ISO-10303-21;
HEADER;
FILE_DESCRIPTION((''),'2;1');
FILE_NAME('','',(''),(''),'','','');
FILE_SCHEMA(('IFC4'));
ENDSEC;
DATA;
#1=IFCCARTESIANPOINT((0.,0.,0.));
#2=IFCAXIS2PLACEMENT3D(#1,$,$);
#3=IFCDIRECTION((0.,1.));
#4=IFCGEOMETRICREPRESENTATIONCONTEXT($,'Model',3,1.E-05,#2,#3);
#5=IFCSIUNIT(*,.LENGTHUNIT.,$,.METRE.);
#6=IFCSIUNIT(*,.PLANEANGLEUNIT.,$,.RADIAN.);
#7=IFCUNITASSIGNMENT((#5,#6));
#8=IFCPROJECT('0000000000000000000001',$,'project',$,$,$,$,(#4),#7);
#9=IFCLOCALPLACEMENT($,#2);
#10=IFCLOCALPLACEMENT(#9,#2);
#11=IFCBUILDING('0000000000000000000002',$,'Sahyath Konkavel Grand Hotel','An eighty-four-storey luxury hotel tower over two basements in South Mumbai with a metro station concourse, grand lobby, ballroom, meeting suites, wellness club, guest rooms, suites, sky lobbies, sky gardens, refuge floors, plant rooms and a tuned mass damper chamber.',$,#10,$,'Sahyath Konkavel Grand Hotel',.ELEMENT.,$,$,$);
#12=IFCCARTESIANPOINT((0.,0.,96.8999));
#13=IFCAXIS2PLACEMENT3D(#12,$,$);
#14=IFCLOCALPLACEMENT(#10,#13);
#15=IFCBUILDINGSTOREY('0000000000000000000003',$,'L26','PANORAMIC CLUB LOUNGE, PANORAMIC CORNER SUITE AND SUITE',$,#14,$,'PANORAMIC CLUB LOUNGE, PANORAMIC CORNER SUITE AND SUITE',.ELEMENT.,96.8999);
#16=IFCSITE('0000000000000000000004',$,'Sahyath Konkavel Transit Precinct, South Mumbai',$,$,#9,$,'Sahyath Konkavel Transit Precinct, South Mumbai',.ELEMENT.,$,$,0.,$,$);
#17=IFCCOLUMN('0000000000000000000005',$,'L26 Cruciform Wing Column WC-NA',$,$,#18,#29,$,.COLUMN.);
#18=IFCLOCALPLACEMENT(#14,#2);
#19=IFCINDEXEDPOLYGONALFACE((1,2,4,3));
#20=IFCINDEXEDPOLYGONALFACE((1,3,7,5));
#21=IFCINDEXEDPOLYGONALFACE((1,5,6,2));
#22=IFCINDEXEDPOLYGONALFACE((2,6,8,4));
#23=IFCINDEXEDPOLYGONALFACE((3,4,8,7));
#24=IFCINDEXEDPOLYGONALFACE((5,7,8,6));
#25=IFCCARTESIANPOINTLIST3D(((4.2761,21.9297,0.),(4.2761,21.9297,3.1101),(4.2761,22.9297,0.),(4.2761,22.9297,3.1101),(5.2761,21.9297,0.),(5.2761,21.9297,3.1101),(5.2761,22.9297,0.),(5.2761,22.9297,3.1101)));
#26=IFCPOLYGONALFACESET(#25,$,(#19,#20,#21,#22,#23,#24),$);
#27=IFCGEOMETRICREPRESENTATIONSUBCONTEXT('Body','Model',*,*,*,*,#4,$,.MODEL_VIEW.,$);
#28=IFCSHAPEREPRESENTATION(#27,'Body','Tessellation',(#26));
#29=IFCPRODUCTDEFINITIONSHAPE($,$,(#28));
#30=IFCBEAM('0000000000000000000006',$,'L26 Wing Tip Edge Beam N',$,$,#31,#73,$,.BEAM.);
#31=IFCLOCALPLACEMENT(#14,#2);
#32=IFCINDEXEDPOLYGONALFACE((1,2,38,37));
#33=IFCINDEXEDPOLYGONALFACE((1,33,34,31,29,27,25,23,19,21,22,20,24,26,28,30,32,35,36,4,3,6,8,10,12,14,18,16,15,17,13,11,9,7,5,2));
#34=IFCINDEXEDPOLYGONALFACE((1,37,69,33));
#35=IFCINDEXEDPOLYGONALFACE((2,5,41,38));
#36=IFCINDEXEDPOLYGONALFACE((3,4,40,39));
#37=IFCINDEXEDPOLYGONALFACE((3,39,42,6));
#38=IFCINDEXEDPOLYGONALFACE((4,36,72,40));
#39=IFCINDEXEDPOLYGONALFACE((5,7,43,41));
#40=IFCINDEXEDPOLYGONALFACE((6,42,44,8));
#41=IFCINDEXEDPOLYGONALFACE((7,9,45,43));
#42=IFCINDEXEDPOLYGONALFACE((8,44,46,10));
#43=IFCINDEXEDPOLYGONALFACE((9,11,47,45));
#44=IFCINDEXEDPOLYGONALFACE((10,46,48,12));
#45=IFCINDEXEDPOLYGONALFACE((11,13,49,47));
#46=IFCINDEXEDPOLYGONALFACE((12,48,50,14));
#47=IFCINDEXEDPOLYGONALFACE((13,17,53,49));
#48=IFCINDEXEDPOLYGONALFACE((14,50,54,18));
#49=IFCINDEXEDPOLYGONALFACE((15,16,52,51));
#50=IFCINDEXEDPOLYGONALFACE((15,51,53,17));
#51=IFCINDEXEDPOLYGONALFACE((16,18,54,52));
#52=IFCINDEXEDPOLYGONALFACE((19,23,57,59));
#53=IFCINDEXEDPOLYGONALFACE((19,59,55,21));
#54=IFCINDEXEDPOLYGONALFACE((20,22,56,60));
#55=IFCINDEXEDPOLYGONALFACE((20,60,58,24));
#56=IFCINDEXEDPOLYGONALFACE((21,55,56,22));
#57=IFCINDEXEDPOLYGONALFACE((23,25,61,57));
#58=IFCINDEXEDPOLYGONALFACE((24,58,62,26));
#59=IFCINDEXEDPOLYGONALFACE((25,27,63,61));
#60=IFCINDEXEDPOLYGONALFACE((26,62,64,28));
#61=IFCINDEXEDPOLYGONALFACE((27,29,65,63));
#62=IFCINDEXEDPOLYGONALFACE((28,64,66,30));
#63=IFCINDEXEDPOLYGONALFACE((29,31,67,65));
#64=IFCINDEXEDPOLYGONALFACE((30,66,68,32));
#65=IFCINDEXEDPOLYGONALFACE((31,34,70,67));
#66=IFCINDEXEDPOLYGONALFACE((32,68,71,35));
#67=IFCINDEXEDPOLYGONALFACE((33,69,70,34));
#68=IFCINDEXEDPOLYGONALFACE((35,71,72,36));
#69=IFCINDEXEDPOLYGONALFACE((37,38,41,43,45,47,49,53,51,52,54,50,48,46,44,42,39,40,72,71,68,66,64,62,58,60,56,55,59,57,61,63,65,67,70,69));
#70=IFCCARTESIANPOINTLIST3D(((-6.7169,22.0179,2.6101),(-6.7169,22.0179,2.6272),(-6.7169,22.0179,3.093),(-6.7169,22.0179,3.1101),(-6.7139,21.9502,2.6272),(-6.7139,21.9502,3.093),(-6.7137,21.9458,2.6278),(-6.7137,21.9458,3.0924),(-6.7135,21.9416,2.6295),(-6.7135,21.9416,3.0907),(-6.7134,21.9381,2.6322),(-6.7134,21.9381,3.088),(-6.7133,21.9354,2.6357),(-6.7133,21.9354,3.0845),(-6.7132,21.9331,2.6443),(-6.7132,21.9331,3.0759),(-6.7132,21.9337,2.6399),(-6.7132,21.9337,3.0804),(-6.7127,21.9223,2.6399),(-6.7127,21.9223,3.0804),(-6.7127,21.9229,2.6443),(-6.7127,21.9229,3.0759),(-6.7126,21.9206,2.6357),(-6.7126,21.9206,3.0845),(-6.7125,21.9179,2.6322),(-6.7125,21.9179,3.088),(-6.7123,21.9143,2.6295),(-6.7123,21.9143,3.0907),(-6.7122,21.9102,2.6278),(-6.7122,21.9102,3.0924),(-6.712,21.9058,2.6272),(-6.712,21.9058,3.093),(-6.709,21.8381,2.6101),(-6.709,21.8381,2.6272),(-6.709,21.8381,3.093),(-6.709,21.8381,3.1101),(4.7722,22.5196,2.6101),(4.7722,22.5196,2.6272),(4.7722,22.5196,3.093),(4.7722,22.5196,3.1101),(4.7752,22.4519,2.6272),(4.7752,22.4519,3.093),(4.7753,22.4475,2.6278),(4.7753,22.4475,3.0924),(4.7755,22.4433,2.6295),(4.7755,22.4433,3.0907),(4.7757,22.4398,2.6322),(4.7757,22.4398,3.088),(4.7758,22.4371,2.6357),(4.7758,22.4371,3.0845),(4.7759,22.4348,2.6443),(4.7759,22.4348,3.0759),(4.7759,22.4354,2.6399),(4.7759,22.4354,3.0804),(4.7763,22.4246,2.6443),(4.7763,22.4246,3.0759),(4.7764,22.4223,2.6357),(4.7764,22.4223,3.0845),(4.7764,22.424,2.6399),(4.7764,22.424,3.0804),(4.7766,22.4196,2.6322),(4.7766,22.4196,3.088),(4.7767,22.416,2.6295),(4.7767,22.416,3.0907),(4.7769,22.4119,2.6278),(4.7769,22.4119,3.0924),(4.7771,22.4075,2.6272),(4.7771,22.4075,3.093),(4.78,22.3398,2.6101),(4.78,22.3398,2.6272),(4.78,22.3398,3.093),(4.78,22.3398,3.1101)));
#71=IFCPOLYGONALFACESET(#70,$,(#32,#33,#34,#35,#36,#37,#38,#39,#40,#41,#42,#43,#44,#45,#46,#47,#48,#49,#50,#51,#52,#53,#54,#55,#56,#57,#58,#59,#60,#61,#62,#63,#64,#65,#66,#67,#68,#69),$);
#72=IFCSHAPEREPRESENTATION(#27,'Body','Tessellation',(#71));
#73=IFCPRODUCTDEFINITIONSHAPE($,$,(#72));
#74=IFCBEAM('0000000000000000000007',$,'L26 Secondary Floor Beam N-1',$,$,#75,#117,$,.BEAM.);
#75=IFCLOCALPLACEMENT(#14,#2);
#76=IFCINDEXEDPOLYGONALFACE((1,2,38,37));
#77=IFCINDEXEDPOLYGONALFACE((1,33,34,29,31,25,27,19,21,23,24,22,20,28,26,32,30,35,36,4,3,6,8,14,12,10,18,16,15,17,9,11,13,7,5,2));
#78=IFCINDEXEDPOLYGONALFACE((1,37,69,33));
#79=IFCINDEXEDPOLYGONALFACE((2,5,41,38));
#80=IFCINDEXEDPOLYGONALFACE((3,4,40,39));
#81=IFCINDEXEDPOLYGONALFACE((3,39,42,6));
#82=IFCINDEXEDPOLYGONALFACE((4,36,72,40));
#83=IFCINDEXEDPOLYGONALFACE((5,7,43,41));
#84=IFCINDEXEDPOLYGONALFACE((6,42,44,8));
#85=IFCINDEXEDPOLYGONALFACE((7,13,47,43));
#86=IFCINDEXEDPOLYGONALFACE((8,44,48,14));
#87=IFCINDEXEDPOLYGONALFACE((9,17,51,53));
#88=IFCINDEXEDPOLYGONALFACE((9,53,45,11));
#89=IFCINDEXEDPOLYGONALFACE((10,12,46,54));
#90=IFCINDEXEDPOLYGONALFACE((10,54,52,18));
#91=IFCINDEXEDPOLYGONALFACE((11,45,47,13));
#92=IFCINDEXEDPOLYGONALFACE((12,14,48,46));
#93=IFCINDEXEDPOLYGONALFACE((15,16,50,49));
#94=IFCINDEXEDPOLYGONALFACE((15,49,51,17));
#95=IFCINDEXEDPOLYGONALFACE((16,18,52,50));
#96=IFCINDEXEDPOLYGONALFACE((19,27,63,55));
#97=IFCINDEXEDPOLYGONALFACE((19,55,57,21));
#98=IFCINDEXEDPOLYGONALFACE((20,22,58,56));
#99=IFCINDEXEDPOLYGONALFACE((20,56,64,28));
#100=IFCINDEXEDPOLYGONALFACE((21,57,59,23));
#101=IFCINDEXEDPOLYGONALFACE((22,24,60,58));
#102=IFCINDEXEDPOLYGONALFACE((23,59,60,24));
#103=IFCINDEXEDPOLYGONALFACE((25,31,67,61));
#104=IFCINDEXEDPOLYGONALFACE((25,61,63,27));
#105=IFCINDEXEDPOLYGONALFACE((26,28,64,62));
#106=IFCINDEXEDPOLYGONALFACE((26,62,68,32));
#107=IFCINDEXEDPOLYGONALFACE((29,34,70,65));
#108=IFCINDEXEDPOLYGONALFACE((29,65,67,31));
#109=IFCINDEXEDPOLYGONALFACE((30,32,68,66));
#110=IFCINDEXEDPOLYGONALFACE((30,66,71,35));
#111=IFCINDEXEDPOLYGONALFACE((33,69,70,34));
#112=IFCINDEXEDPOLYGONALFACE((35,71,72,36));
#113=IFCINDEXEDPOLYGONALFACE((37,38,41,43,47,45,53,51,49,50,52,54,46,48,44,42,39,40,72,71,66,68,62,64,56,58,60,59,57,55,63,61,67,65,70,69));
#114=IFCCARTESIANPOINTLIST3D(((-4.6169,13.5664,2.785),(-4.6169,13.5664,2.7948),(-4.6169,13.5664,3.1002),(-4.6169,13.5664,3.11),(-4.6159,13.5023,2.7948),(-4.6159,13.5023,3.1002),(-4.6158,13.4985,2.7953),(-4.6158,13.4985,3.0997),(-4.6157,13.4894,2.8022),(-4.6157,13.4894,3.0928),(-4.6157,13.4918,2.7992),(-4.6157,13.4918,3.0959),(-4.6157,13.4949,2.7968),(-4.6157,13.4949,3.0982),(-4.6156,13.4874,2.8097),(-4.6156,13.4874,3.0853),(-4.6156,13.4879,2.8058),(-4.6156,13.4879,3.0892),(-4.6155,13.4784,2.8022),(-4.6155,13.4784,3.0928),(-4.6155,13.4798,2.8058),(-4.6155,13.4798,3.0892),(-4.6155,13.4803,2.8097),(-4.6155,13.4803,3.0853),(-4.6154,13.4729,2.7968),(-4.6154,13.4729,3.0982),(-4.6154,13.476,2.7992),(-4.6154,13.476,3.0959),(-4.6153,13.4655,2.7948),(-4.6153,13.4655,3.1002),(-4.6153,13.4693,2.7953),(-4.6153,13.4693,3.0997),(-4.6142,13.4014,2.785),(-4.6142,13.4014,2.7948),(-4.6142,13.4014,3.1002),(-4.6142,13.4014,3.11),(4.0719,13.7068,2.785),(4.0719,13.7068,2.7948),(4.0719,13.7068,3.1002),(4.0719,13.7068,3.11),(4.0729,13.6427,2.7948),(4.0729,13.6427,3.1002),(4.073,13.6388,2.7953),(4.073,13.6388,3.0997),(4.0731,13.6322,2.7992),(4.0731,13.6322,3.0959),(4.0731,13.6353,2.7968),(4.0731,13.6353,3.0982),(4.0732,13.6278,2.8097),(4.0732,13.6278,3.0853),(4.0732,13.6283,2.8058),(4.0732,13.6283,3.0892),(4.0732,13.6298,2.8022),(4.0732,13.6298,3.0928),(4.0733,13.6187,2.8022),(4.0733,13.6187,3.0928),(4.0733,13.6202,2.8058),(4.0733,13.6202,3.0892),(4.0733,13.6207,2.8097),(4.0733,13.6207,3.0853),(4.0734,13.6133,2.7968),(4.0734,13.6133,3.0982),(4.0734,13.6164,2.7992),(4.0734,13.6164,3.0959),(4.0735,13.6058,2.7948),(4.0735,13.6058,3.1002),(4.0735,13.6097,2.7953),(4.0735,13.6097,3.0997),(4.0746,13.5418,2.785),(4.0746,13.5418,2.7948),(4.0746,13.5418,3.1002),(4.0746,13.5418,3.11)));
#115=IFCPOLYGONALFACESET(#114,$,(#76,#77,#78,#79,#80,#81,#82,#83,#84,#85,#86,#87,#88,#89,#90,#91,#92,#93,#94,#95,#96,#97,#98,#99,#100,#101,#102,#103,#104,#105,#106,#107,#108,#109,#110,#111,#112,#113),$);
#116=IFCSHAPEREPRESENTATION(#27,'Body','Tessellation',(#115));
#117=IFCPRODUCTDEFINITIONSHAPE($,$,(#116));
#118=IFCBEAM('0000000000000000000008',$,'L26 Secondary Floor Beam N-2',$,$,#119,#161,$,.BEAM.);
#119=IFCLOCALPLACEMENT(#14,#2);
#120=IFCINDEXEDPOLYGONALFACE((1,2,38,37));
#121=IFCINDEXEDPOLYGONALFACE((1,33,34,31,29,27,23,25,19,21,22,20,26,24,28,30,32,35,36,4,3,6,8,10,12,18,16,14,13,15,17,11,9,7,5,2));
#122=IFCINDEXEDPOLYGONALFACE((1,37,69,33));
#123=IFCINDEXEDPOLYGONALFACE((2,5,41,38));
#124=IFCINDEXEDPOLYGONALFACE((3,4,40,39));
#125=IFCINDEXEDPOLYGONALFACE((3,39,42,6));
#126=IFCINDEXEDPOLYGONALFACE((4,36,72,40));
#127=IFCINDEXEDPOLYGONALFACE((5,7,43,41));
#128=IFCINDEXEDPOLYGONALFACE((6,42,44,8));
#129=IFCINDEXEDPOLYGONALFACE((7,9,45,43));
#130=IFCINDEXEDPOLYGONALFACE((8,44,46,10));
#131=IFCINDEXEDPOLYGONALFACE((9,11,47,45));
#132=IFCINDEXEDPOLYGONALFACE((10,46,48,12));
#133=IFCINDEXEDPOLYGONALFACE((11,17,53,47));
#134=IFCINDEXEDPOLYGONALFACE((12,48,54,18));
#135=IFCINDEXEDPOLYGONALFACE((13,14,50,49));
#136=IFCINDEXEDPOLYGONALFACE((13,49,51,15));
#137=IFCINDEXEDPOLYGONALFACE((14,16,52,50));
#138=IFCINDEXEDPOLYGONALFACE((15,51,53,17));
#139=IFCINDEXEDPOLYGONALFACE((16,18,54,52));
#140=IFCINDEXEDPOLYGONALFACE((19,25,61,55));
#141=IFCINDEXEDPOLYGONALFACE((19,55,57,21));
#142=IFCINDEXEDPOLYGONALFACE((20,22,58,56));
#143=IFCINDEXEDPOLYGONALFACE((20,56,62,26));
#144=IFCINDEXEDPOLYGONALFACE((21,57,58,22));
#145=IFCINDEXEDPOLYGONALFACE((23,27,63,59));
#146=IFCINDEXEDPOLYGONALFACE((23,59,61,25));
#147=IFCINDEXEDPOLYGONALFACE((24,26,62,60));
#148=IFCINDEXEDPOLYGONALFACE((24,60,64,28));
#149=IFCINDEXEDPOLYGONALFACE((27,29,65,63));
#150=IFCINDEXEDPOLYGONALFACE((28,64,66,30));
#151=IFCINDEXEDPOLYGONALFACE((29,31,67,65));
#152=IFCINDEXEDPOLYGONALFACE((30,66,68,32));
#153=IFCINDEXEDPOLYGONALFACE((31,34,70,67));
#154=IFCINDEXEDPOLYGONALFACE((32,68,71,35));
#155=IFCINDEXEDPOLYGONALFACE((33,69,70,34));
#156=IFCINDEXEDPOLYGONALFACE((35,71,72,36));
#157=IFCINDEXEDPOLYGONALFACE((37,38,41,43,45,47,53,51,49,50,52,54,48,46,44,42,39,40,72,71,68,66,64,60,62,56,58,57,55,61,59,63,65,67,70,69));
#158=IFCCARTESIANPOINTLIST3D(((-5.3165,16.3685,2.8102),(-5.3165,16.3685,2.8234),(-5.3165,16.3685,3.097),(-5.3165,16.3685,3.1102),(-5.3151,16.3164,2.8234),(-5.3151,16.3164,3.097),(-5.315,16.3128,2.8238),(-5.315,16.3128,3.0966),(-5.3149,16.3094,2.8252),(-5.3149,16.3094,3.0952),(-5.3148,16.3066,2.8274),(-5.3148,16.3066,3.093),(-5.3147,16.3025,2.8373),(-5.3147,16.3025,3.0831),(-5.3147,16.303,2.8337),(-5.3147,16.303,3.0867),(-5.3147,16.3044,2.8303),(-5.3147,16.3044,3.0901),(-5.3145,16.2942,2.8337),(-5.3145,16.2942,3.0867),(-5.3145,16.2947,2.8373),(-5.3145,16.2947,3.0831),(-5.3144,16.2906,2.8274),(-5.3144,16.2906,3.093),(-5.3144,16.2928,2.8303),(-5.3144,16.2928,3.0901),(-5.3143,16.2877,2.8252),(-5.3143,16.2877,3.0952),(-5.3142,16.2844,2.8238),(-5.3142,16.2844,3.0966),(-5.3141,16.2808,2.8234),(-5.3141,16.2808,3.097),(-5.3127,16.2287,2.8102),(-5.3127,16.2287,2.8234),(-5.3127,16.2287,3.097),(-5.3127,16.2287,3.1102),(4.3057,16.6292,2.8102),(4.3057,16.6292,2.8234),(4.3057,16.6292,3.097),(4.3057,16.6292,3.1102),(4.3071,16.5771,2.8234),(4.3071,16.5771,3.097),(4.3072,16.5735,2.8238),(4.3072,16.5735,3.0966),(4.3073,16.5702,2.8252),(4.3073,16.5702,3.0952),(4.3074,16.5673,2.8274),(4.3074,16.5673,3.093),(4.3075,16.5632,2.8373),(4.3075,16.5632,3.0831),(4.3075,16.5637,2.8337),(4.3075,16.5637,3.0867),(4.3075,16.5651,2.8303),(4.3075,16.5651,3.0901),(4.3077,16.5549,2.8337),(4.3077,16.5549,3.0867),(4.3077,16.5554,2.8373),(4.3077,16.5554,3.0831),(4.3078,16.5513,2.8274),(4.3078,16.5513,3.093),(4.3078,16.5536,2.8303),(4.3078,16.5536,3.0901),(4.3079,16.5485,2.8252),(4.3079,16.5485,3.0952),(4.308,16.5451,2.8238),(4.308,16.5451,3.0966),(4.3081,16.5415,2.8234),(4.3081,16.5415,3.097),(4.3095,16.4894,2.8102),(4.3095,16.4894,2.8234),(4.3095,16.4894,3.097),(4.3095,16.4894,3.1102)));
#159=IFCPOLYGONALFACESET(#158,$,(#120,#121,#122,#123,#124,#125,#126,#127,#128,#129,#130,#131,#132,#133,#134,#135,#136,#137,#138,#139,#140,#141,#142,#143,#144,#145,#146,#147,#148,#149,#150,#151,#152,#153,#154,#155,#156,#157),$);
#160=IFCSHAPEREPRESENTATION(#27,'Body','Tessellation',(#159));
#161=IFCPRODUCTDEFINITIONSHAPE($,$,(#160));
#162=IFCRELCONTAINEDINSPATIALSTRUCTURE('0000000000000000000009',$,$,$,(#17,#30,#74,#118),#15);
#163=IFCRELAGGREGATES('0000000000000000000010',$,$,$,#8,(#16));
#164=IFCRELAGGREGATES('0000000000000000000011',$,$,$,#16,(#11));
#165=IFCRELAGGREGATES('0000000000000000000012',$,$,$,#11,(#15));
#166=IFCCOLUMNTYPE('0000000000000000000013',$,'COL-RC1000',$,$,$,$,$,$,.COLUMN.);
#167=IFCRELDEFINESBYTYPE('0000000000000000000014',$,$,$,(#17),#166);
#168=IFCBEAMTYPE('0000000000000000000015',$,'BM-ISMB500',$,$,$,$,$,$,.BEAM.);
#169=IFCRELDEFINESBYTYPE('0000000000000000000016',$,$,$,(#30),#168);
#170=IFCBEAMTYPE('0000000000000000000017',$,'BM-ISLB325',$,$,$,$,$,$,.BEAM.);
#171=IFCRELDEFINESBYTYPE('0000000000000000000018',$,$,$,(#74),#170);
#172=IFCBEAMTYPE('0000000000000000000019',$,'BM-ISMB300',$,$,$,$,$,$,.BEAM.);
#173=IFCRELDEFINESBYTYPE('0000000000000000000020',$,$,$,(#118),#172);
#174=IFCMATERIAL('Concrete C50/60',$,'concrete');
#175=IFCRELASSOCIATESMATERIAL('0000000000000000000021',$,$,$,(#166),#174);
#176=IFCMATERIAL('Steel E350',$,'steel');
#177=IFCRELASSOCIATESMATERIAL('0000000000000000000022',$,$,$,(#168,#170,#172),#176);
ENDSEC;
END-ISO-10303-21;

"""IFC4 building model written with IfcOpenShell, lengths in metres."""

from ifc_helpers import new_model, si_unit, direction, frame, origin, origin_2d, place, context, subcontext, project, spatial, rectangle, i_section, extrude, source, transform, mapped, material, material_profile, profile_set, type_object, element, save


model = new_model("IFC4")

# Units and contexts
model_context = context("Model", 3, precision=1e-05, world=origin(), true_north=direction((0.0, 1.0)))
body_context = subcontext(model_context, "Body", "Model", "MODEL_VIEW")
ifc_project = project(units=[si_unit("LENGTHUNIT", "METRE"), si_unit("PLANEANGLEUNIT", "RADIAN")], contexts=[model_context])

# Site, building, storey
site_placement = place(None, origin())
site = spatial("IfcSite", under=ifc_project, at=site_placement, Name="Sahyath Konkavel Transit Precinct, South Mumbai", LongName="Sahyath Konkavel Transit Precinct, South Mumbai", CompositionType="ELEMENT", RefElevation=0.0)
building_placement = place(site_placement, origin())
building = spatial("IfcBuilding", under=site, at=building_placement, Name="Sahyath Konkavel Grand Hotel", Description="An eighty-four-storey luxury hotel tower over two basements in South Mumbai with a metro station concourse, grand lobby, ballroom, meeting suites, wellness club, guest rooms, suites, sky lobbies, sky gardens, refuge floors, plant rooms and a tuned mass damper chamber.", LongName="Sahyath Konkavel Grand Hotel", CompositionType="ELEMENT")
storey_placement = place(building_placement, frame((0.0, 0.0, 96.8999)))
storey = spatial("IfcBuildingStorey", under=building, at=storey_placement, Name="L26", Description="PANORAMIC CLUB LOUNGE, PANORAMIC CORNER SUITE AND SUITE", LongName="PANORAMIC CLUB LOUNGE, PANORAMIC CORNER SUITE AND SUITE", CompositionType="ELEMENT", Elevation=96.8999)

# Column
ifc_material_1 = material(Name="Concrete C50/60", Category="concrete")
ifc_material_profile_1 = material_profile(ifc_material_1, rectangle(XDim=1.0, YDim=1.0, at=origin_2d()), Name="RC 1000x1000")
ifc_profile_set_1 = profile_set([ifc_material_profile_1], Name="Concrete C50/60")
column_type = type_object("IfcColumnType", Name="COL-RC1000", PredefinedType="COLUMN", material=ifc_profile_set_1)
shared_shape_1 = source(origin(), body_context, "Body", "SweptSolid", [
    extrude(rectangle(XDim=1.0, YDim=1.0, at=origin_2d()), origin(), (0.0, 0.0, 1.0), 3.1101),
])
column_placement = place(storey_placement, frame((4.7761, 22.4297, 0.0), z_axis=(0.0, 0.0, 1.0), x_axis=(1.0, 0.0, 0.0)))
element("IfcColumn", 1, at=column_placement, inside=storey, type_object=column_type, Name="L26 Cruciform Wing Column WC-NA", PredefinedType="COLUMN", context=body_context, shape_type="MappedRepresentation", body=[
    mapped(shared_shape_1, transform((0.0, 0.0, 0.0), scale=1.0)),
])

# Beams
ifc_material_2 = material(Name="Steel E350", Category="steel")
ifc_material_profile_2 = material_profile(ifc_material_2, i_section(OverallWidth=0.1799, OverallDepth=0.5, WebThickness=0.0103, FlangeThickness=0.0171, FilletRadius=0.0171, at=origin_2d()), Name="ISMB 500")
ifc_profile_set_2 = profile_set([ifc_material_profile_2], Name="Steel E350")
beam_type_1 = type_object("IfcBeamType", Name="BM-ISMB500", PredefinedType="BEAM", material=ifc_profile_set_2)
shared_shape_2 = source(origin(), body_context, "Body", "SweptSolid", [
    extrude(i_section(OverallWidth=0.1799, OverallDepth=0.5, WebThickness=0.0103, FlangeThickness=0.0171, FilletRadius=0.0171, at=origin_2d()), origin(), (0.0, 0.0, 1.0), 11.5),
])
beam_1_placement = place(storey_placement, frame((4.7761, 22.4297, 2.8601), z_axis=(-0.999048, -0.043627, 0.0), x_axis=(0.043627, -0.999048, 0.0)))
element("IfcBeam", 2, at=beam_1_placement, inside=storey, type_object=beam_type_1, Name="L26 Wing Tip Edge Beam N", PredefinedType="BEAM", context=body_context, shape_type="MappedRepresentation", body=[
    mapped(shared_shape_2, transform((0.0, 0.0, 0.0), scale=1.0)),
])
ifc_material_profile_3 = material_profile(ifc_material_2, i_section(OverallWidth=0.165, OverallDepth=0.325, WebThickness=0.0071, FlangeThickness=0.0098, FilletRadius=0.0149, at=origin_2d()), Name="ISLB 325")
ifc_profile_set_3 = profile_set([ifc_material_profile_3], Name="Steel E350")
beam_type_2 = type_object("IfcBeamType", Name="BM-ISLB325", PredefinedType="BEAM", material=ifc_profile_set_3)
shared_shape_3 = source(origin(), body_context, "Body", "SweptSolid", [
    extrude(i_section(OverallWidth=0.165, OverallDepth=0.325, WebThickness=0.0071, FlangeThickness=0.0098, FilletRadius=0.0149, at=origin_2d()), origin(), (0.0, 0.0, 1.0), 8.6899),
])
beam_2_placement = place(storey_placement, frame((4.0732, 13.6243, 2.9475), z_axis=(-0.99987, -0.016155, 0.0), x_axis=(0.016155, -0.99987, 0.0)))
element("IfcBeam", 3, at=beam_2_placement, inside=storey, type_object=beam_type_2, Name="L26 Secondary Floor Beam N-1", PredefinedType="BEAM", context=body_context, shape_type="MappedRepresentation", body=[
    mapped(shared_shape_3, transform((0.0, 0.0, 0.0), scale=1.0)),
])
ifc_material_profile_4 = material_profile(ifc_material_2, i_section(OverallWidth=0.1399, OverallDepth=0.3, WebThickness=0.0078, FlangeThickness=0.0132, FilletRadius=0.0139, at=origin_2d()), Name="ISMB 300")
ifc_profile_set_4 = profile_set([ifc_material_profile_4], Name="Steel E350")
beam_type_3 = type_object("IfcBeamType", Name="BM-ISMB300", PredefinedType="BEAM", material=ifc_profile_set_4)
shared_shape_4 = source(origin(), body_context, "Body", "SweptSolid", [
    extrude(i_section(OverallWidth=0.1399, OverallDepth=0.3, WebThickness=0.0078, FlangeThickness=0.0132, FilletRadius=0.0139, at=origin_2d()), origin(), (0.0, 0.0, 1.0), 9.6257),
])
beam_3_placement = place(storey_placement, frame((4.3076, 16.5593, 2.9602), z_axis=(-0.999633, -0.027088, 0.0), x_axis=(0.027088, -0.999633, 0.0)))
element("IfcBeam", 4, at=beam_3_placement, inside=storey, type_object=beam_type_3, Name="L26 Secondary Floor Beam N-2", PredefinedType="BEAM", context=body_context, shape_type="MappedRepresentation", body=[
    mapped(shared_shape_4, transform((0.0, 0.0, 0.0), scale=1.0)),
])

save(model, "model.ifc")
